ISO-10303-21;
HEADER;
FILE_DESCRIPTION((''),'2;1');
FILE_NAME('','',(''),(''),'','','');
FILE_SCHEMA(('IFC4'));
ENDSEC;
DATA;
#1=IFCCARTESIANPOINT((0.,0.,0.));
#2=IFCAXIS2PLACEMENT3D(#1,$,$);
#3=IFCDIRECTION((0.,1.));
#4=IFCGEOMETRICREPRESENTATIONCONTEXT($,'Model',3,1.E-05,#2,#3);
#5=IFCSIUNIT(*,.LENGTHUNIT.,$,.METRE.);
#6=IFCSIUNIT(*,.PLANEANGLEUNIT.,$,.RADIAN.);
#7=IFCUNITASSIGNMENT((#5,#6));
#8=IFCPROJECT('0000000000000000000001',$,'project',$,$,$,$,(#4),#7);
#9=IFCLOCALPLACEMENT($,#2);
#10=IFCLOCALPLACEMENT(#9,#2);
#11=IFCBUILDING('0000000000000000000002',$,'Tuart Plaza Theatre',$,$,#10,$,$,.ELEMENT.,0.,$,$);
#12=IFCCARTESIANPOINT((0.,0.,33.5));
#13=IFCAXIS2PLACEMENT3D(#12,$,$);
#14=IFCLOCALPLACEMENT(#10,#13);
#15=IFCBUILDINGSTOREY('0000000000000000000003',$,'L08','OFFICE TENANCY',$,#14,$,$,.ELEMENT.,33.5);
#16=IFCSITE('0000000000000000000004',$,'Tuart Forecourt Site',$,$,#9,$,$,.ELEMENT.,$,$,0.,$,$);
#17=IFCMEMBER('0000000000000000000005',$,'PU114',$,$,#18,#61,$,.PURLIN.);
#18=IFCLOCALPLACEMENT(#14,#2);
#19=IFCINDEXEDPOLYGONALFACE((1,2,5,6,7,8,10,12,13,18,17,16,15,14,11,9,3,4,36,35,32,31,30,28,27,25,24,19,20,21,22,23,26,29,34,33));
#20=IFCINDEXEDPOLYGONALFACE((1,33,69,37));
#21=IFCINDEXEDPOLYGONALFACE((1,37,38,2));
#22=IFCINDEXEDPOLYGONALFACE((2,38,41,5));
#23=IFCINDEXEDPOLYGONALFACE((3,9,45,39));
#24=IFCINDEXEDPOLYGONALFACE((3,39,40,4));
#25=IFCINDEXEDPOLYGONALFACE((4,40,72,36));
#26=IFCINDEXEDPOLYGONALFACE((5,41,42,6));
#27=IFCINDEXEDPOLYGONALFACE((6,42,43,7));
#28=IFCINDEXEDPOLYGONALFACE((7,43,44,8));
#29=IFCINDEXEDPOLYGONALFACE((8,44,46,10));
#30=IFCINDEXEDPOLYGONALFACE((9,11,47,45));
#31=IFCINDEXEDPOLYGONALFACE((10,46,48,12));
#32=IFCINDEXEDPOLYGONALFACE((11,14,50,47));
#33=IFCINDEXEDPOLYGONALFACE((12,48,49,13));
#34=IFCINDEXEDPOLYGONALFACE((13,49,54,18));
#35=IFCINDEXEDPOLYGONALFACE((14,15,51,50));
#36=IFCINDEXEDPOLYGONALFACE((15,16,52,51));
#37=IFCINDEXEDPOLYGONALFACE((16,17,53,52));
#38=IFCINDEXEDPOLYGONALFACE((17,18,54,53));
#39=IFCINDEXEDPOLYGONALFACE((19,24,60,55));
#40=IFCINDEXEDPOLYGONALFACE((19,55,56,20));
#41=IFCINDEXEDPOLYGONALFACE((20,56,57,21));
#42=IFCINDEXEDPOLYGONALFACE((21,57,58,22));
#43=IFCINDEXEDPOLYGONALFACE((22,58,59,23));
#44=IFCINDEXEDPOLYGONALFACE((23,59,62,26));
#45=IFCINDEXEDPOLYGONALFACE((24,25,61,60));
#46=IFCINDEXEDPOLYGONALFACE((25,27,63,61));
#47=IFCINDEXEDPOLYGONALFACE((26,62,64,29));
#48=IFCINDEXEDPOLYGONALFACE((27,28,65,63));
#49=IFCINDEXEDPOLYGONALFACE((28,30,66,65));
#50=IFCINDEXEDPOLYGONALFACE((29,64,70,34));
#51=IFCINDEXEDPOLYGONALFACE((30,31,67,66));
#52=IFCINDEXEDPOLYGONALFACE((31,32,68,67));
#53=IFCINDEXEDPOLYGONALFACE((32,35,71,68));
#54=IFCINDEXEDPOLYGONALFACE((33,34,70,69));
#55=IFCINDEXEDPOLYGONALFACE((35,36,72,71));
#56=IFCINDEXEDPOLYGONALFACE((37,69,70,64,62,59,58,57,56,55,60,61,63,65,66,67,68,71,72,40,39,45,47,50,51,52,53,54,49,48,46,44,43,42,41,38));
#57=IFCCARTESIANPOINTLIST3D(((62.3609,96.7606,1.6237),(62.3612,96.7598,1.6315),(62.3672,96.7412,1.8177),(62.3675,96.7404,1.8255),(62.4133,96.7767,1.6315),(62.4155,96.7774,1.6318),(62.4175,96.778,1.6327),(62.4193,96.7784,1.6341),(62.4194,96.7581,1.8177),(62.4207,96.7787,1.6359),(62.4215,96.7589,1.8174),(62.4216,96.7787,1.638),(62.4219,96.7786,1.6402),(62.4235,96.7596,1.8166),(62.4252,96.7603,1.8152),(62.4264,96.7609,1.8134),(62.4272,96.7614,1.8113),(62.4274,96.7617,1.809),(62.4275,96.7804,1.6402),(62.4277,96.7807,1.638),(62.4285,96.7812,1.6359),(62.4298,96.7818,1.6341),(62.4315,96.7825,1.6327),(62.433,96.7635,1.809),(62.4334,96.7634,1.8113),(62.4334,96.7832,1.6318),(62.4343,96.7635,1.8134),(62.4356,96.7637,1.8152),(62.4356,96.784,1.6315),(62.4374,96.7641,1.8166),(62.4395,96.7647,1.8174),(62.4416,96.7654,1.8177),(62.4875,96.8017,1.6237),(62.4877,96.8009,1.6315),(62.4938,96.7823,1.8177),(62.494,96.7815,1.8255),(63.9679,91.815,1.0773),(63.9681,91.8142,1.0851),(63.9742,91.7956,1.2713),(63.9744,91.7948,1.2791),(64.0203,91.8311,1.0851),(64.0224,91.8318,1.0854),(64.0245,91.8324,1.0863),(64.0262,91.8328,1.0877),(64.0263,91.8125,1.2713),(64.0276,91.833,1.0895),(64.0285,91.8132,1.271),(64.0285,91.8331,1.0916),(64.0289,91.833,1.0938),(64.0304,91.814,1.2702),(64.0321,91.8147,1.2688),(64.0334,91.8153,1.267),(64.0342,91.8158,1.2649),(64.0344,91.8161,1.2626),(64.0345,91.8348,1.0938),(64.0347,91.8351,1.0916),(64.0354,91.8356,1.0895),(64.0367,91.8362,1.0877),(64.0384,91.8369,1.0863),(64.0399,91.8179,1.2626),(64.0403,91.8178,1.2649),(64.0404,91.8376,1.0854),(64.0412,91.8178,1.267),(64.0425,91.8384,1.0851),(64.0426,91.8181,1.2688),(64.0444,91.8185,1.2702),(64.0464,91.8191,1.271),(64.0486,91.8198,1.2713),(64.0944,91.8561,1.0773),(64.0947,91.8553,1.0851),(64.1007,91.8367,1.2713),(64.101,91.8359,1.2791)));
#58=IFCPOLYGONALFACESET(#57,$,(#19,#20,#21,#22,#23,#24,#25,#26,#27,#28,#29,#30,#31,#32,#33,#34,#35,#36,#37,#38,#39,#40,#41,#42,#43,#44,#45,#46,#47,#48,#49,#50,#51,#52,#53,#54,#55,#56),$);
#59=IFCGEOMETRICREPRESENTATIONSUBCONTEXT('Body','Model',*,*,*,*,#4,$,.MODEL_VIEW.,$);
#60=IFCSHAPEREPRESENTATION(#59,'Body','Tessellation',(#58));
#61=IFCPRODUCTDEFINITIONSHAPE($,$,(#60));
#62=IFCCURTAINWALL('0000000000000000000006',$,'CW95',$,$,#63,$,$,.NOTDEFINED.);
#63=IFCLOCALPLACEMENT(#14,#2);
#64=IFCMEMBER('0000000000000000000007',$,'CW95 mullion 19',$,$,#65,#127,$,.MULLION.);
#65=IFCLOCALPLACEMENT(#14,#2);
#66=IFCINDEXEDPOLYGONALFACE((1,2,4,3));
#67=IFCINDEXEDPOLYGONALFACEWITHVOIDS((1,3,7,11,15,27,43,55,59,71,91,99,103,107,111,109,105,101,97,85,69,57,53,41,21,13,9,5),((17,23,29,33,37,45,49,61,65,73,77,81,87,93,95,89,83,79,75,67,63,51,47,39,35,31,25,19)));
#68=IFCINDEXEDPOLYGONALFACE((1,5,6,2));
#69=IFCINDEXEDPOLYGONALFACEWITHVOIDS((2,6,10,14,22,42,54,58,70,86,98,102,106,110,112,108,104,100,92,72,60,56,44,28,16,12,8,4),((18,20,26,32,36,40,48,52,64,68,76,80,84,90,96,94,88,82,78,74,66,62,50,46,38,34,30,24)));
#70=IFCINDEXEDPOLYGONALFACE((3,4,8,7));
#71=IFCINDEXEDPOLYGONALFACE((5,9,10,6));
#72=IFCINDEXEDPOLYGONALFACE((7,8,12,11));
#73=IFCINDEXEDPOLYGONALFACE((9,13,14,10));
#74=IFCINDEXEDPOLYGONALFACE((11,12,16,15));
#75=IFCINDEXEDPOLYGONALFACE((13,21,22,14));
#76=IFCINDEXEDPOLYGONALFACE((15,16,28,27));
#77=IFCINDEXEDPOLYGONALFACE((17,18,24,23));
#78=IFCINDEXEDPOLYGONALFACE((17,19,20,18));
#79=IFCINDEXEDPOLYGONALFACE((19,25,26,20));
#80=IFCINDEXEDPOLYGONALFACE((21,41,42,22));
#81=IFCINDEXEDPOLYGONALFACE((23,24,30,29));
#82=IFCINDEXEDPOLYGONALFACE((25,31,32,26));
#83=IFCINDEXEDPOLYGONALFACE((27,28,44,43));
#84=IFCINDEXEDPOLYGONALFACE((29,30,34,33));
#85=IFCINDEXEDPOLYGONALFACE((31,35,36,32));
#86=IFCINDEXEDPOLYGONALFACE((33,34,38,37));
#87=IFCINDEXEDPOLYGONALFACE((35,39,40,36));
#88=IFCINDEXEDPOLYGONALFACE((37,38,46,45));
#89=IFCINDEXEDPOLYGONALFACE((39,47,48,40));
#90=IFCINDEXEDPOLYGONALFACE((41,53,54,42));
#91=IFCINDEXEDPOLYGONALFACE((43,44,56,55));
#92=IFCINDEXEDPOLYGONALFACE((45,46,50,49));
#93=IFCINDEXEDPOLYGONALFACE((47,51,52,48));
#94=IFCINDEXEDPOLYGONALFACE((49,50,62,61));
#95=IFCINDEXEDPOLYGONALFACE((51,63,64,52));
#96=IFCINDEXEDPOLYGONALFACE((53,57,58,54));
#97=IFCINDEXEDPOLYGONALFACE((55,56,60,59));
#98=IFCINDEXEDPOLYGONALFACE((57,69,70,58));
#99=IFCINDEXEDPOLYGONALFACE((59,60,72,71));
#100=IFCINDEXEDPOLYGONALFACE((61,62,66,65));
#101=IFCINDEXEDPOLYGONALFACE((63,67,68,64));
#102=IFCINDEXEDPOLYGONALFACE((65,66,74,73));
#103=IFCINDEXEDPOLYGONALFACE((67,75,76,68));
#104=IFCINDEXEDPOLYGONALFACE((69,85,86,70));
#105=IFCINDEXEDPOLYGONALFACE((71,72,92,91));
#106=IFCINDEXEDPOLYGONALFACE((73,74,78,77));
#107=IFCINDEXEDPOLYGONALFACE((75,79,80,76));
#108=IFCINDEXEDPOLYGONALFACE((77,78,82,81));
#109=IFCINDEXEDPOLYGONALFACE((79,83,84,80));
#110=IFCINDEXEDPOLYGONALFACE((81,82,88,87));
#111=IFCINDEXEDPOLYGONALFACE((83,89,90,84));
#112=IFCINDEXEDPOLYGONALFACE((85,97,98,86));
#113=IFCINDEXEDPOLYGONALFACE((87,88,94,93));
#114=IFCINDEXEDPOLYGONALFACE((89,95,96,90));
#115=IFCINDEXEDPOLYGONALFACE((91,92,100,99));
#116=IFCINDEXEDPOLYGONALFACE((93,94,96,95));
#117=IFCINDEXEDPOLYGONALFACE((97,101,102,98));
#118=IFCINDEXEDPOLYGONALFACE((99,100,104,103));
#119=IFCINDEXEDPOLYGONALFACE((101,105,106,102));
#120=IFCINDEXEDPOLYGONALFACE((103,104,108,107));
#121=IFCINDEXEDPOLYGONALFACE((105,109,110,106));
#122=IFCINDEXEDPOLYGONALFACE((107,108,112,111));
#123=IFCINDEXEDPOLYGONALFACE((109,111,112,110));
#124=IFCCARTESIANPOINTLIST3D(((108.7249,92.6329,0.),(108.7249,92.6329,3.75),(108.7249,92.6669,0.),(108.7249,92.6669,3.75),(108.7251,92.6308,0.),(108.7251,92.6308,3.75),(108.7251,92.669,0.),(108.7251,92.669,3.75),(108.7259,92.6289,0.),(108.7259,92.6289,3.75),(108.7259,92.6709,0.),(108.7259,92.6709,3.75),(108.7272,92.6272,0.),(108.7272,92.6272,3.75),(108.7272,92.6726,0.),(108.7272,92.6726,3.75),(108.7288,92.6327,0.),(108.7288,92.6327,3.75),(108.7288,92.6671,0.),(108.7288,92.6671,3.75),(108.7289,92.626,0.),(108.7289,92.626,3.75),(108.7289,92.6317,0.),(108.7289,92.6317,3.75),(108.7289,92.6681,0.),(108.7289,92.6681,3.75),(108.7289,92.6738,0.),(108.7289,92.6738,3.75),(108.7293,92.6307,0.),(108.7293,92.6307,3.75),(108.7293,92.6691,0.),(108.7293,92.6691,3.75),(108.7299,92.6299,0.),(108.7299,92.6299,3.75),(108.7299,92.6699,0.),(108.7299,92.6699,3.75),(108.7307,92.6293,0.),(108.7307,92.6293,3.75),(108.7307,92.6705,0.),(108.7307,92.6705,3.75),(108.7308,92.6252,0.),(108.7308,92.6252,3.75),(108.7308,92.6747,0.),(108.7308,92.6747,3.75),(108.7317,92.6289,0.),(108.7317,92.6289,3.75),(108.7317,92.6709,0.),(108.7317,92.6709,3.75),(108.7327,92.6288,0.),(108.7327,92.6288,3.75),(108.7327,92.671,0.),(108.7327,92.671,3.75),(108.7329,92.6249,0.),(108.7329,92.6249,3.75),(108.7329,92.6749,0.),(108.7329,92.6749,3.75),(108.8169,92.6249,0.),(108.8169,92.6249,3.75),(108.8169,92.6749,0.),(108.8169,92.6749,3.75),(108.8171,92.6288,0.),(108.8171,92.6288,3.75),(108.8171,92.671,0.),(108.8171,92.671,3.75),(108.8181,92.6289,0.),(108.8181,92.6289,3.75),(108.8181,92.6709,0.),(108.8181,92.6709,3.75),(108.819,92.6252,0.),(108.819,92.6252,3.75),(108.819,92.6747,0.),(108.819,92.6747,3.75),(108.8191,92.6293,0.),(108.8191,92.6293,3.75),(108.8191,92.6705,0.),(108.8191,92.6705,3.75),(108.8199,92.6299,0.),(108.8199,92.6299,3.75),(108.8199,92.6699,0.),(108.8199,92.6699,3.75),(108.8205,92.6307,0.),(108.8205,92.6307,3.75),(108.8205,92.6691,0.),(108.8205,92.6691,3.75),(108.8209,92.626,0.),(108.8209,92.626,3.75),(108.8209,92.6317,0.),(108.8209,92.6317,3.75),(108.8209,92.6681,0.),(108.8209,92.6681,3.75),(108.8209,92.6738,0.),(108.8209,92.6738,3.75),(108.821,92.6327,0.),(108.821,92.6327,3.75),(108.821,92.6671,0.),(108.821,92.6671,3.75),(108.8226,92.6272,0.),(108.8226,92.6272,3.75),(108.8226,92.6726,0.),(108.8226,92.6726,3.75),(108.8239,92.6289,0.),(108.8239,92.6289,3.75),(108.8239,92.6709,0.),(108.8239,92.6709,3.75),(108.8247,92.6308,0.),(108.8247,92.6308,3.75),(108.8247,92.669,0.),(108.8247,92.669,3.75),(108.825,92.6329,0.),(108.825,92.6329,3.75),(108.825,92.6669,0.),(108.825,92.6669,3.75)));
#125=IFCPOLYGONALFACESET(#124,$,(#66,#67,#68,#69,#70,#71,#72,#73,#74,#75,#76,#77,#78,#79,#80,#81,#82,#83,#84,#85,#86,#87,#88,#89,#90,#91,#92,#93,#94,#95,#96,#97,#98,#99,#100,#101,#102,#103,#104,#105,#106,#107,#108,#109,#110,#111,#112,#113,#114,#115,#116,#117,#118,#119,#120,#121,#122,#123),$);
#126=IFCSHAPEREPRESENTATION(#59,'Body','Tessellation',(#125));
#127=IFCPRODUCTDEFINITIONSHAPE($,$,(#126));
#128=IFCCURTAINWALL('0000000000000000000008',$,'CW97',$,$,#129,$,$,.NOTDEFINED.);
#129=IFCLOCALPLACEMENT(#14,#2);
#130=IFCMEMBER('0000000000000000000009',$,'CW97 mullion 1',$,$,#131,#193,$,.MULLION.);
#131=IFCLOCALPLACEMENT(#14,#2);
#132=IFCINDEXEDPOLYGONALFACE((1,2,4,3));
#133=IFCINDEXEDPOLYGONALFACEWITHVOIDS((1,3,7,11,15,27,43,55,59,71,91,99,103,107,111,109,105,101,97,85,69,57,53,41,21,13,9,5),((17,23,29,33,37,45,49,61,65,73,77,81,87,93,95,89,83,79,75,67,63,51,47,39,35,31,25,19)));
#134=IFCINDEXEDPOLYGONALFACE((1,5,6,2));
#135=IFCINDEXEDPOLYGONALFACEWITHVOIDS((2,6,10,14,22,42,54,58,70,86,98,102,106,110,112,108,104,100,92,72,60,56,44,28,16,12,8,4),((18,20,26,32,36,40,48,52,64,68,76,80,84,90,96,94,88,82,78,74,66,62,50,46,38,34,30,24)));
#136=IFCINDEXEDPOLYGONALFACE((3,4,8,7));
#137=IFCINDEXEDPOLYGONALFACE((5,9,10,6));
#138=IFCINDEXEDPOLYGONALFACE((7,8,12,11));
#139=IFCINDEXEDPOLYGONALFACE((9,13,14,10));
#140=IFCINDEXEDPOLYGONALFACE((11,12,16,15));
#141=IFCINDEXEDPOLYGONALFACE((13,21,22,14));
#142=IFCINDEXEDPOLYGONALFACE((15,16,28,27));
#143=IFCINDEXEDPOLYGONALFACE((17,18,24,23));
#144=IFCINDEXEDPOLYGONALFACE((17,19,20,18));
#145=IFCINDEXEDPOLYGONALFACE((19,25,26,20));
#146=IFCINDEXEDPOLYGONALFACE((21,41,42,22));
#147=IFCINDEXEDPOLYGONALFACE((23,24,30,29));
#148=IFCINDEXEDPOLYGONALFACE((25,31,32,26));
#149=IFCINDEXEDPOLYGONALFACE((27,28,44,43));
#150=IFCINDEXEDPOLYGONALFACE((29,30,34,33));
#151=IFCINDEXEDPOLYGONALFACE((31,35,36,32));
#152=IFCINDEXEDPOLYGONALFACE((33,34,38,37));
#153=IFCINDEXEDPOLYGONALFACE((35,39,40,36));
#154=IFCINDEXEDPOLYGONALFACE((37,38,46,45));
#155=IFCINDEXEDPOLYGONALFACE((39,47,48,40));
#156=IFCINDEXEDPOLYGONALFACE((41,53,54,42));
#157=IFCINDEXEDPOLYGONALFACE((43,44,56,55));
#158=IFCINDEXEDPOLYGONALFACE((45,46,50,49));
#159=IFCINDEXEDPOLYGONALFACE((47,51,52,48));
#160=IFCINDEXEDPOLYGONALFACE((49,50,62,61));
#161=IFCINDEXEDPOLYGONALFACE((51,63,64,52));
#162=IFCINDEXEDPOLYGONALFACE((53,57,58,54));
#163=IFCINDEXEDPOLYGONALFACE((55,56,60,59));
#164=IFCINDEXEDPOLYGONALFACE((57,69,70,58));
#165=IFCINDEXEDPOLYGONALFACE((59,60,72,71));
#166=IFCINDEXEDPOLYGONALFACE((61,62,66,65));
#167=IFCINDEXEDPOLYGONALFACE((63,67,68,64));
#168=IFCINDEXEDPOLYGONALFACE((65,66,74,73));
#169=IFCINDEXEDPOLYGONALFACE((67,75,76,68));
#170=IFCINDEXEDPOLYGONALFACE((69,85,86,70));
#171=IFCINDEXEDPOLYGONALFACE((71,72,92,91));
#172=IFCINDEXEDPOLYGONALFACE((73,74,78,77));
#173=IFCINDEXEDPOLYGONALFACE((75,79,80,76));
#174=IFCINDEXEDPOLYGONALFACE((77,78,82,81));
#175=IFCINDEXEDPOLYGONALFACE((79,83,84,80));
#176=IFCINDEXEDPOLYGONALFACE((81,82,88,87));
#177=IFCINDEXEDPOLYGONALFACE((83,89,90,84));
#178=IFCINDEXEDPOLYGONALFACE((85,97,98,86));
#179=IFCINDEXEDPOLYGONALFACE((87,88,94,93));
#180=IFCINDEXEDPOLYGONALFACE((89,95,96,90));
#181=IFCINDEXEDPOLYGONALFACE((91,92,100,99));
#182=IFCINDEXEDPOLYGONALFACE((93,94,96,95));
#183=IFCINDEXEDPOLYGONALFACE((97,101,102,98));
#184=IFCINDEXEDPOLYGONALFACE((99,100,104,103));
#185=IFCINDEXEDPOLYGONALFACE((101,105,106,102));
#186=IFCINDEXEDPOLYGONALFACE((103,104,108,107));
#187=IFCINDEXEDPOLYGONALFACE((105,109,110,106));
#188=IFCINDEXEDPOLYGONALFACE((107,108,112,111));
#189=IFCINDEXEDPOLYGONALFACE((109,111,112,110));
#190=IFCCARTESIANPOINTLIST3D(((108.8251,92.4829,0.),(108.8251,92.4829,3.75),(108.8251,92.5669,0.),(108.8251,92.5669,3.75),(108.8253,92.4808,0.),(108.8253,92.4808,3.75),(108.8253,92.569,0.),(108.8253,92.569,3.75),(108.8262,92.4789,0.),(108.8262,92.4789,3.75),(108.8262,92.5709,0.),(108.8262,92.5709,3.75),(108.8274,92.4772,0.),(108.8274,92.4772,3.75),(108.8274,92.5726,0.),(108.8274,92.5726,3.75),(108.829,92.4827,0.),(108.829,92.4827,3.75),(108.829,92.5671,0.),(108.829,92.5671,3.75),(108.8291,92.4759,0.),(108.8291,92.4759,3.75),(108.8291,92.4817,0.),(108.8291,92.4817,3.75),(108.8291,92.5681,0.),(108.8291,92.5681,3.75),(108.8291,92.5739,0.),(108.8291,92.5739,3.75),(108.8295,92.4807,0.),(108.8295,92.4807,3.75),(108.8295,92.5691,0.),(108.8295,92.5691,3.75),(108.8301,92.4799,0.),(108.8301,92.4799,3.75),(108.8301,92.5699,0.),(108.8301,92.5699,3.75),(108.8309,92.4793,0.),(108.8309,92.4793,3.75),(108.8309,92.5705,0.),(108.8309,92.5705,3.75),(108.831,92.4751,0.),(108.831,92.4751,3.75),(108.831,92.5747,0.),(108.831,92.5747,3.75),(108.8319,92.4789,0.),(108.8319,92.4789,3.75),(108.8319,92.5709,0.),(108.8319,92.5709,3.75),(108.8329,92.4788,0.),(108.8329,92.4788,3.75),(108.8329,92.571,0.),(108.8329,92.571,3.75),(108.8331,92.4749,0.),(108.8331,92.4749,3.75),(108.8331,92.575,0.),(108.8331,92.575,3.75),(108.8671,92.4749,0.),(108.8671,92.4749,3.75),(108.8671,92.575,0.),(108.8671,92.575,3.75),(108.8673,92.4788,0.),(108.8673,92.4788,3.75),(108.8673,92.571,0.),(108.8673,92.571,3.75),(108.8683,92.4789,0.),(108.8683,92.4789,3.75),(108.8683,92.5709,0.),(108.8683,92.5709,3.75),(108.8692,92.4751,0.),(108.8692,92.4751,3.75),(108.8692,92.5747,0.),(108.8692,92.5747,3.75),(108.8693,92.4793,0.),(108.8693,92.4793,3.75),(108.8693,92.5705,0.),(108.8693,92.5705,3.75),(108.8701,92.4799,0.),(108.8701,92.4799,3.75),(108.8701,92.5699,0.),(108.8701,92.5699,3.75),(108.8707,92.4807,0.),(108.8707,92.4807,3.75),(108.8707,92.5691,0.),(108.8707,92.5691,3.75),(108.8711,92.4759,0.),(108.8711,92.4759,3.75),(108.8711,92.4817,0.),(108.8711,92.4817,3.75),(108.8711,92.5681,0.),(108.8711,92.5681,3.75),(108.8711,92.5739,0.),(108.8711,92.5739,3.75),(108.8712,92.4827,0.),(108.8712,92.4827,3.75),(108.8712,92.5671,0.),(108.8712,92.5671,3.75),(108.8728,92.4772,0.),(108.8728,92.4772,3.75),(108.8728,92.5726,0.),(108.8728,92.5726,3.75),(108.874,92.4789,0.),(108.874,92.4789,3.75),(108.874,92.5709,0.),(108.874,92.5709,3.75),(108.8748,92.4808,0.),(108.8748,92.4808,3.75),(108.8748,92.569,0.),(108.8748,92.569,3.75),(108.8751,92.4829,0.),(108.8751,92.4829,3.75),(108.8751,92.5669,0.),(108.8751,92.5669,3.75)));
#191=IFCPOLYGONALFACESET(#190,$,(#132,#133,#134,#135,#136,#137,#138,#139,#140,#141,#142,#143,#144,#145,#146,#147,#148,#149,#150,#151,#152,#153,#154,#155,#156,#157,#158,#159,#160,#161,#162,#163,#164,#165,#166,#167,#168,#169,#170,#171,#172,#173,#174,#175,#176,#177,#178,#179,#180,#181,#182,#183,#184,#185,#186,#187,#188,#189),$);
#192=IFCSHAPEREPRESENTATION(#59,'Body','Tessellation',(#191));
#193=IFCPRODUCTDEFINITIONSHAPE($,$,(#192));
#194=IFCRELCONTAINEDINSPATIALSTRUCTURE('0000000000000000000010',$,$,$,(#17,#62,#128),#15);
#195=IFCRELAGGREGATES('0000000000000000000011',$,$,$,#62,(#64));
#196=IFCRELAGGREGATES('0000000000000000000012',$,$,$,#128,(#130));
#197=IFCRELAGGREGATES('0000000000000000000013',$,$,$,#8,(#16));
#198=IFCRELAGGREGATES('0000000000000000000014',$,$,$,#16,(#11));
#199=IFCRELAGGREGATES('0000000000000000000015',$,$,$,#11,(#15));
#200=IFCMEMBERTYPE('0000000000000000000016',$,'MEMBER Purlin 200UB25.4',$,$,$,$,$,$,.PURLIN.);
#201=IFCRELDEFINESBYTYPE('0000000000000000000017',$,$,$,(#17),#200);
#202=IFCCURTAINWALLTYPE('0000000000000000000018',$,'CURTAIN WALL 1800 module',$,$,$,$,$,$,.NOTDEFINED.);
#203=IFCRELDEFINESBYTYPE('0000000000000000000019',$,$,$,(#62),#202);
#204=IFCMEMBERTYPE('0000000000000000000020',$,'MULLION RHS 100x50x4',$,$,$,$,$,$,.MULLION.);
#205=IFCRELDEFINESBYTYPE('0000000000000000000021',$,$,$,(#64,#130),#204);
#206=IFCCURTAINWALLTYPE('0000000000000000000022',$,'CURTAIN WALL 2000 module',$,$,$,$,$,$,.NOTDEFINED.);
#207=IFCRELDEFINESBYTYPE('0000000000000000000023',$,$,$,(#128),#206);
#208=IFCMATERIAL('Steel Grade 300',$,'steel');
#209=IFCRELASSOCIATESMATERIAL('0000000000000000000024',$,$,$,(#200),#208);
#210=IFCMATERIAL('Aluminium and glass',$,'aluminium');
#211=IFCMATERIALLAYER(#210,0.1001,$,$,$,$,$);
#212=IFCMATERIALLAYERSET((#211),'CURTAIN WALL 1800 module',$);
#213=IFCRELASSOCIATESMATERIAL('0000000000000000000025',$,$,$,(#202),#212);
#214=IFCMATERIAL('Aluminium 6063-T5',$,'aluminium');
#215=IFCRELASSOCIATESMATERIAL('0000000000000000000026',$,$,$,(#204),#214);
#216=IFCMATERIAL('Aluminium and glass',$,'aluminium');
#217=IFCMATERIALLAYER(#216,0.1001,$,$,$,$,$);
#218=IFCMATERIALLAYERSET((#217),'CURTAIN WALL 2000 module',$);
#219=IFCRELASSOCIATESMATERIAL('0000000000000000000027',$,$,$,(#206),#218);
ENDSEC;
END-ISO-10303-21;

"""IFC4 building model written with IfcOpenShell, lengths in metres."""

from ifc_helpers import new_model, si_unit, direction, frame, origin, origin_2d, place, context, subcontext, project, spatial, hollow_rectangle, i_section, extrude, material, layer, layer_set, material_profile, profile_set, type_object, element, aggregate, save


model = new_model("IFC4")

# Units and contexts
model_context = context("Model", 3, precision=1e-05, world=origin(), true_north=direction((0.0, 1.0)))
body_context = subcontext(model_context, "Body", "Model", "MODEL_VIEW")
ifc_project = project(units=[si_unit("LENGTHUNIT", "METRE"), si_unit("PLANEANGLEUNIT", "RADIAN")], contexts=[model_context])

# Site, building, storey
site_placement = place(None, origin())
site = spatial("IfcSite", under=ifc_project, at=site_placement, Name="Tuart Forecourt Site", CompositionType="ELEMENT", RefElevation=0.0)
building_placement = place(site_placement, origin())
building = spatial("IfcBuilding", under=site, at=building_placement, Name="Tuart Plaza Theatre", CompositionType="ELEMENT", ElevationOfRefHeight=0.0)
storey_placement = place(building_placement, frame((0.0, 0.0, 33.5)))
storey = spatial("IfcBuildingStorey", under=building, at=storey_placement, Name="L08", Description="OFFICE TENANCY", CompositionType="ELEMENT", Elevation=33.5)

# Member
ifc_material_1 = material(Name="Steel Grade 300", Category="steel")
ifc_material_profile_1 = material_profile(ifc_material_1, i_section(OverallWidth=0.1331, OverallDepth=0.2029, WebThickness=0.0059, FlangeThickness=0.0078, FilletRadius=0.0088, at=origin_2d()), Name="200UB25.4")
ifc_profile_set_1 = profile_set([ifc_material_profile_1], Name="Steel Grade 300")
member_type_1 = type_object("IfcMemberType", Name="MEMBER Purlin 200UB25.4", PredefinedType="PURLIN", material=ifc_profile_set_1)
member_1_placement = place(storey_placement, frame((64.0344, 91.8254, 1.1782), z_axis=(-0.307329, 0.945848, 0.104498), x_axis=(-0.951055, -0.309021, 0.0)))
element("IfcMember", 1, at=member_1_placement, inside=storey, type_object=member_type_1, Name="PU114", PredefinedType="PURLIN", context=body_context, shape_type="SweptSolid", body=[
    extrude(i_section(OverallWidth=0.1331, OverallDepth=0.2029, WebThickness=0.0059, FlangeThickness=0.0078, FilletRadius=0.0088, at=origin_2d()), origin(), (0.0, 0.0, 1.0), 5.2288),
])

# Curtain wall, member
ifc_material_2 = material(Name="Aluminium and glass", Category="aluminium")
ifc_layer_1 = layer(ifc_material_2, 0.1001)
ifc_layer_set_1 = layer_set([ifc_layer_1], Name="CURTAIN WALL 1800 module")
curtain_wall_type_1 = type_object("IfcCurtainWallType", Name="CURTAIN WALL 1800 module", PredefinedType="NOTDEFINED", material=ifc_layer_set_1)
curtain_wall_1_placement = place(storey_placement, origin())
curtain_wall_1 = element("IfcCurtainWall", 2, at=curtain_wall_1_placement, inside=storey, type_object=curtain_wall_type_1, Name="CW95", PredefinedType="NOTDEFINED")
ifc_material_3 = material(Name="Aluminium 6063-T5", Category="aluminium")
ifc_material_profile_2 = material_profile(ifc_material_3, hollow_rectangle(XDim=0.05, YDim=0.1001, WallThickness=0.0039, InnerFilletRadius=0.0039, OuterFilletRadius=0.0081, at=origin_2d()), Name="RHS 100x50x4")
ifc_profile_set_2 = profile_set([ifc_material_profile_2], Name="Aluminium 6063-T5")
member_type_2 = type_object("IfcMemberType", Name="MULLION RHS 100x50x4", PredefinedType="MULLION", material=ifc_profile_set_2)
member_2_placement = place(storey_placement, frame((108.7749, 92.6499, 0.0), z_axis=(0.0, 0.0, 1.0), x_axis=(0.0, -1.0, 0.0)))
member_2 = element("IfcMember", 3, at=member_2_placement, type_object=member_type_2, Name="CW95 mullion 19", PredefinedType="MULLION", context=body_context, shape_type="SweptSolid", body=[
    extrude(hollow_rectangle(XDim=0.05, YDim=0.1001, WallThickness=0.0039, InnerFilletRadius=0.0039, OuterFilletRadius=0.0081, at=origin_2d()), origin(), (0.0, 0.0, 1.0), 3.75),
])
aggregate(curtain_wall_1, [member_2])

# Curtain wall, member
ifc_material_4 = material(Name="Aluminium and glass", Category="aluminium")
ifc_layer_2 = layer(ifc_material_4, 0.1001)
ifc_layer_set_2 = layer_set([ifc_layer_2], Name="CURTAIN WALL 2000 module")
curtain_wall_type_2 = type_object("IfcCurtainWallType", Name="CURTAIN WALL 2000 module", PredefinedType="NOTDEFINED", material=ifc_layer_set_2)
curtain_wall_2_placement = place(storey_placement, origin())
curtain_wall_2 = element("IfcCurtainWall", 4, at=curtain_wall_2_placement, inside=storey, type_object=curtain_wall_type_2, Name="CW97", PredefinedType="NOTDEFINED")
member_3_placement = place(storey_placement, frame((108.8501, 92.5249, 0.0), z_axis=(0.0, 0.0, 1.0), x_axis=(1.0, 0.0, 0.0)))
member_3 = element("IfcMember", 5, at=member_3_placement, type_object=member_type_2, Name="CW97 mullion 1", PredefinedType="MULLION", context=body_context, shape_type="SweptSolid", body=[
    extrude(hollow_rectangle(XDim=0.05, YDim=0.1001, WallThickness=0.0039, InnerFilletRadius=0.0039, OuterFilletRadius=0.0081, at=origin_2d()), origin(), (0.0, 0.0, 1.0), 3.75),
])
aggregate(curtain_wall_2, [member_3])

save(model, "model.ifc")
